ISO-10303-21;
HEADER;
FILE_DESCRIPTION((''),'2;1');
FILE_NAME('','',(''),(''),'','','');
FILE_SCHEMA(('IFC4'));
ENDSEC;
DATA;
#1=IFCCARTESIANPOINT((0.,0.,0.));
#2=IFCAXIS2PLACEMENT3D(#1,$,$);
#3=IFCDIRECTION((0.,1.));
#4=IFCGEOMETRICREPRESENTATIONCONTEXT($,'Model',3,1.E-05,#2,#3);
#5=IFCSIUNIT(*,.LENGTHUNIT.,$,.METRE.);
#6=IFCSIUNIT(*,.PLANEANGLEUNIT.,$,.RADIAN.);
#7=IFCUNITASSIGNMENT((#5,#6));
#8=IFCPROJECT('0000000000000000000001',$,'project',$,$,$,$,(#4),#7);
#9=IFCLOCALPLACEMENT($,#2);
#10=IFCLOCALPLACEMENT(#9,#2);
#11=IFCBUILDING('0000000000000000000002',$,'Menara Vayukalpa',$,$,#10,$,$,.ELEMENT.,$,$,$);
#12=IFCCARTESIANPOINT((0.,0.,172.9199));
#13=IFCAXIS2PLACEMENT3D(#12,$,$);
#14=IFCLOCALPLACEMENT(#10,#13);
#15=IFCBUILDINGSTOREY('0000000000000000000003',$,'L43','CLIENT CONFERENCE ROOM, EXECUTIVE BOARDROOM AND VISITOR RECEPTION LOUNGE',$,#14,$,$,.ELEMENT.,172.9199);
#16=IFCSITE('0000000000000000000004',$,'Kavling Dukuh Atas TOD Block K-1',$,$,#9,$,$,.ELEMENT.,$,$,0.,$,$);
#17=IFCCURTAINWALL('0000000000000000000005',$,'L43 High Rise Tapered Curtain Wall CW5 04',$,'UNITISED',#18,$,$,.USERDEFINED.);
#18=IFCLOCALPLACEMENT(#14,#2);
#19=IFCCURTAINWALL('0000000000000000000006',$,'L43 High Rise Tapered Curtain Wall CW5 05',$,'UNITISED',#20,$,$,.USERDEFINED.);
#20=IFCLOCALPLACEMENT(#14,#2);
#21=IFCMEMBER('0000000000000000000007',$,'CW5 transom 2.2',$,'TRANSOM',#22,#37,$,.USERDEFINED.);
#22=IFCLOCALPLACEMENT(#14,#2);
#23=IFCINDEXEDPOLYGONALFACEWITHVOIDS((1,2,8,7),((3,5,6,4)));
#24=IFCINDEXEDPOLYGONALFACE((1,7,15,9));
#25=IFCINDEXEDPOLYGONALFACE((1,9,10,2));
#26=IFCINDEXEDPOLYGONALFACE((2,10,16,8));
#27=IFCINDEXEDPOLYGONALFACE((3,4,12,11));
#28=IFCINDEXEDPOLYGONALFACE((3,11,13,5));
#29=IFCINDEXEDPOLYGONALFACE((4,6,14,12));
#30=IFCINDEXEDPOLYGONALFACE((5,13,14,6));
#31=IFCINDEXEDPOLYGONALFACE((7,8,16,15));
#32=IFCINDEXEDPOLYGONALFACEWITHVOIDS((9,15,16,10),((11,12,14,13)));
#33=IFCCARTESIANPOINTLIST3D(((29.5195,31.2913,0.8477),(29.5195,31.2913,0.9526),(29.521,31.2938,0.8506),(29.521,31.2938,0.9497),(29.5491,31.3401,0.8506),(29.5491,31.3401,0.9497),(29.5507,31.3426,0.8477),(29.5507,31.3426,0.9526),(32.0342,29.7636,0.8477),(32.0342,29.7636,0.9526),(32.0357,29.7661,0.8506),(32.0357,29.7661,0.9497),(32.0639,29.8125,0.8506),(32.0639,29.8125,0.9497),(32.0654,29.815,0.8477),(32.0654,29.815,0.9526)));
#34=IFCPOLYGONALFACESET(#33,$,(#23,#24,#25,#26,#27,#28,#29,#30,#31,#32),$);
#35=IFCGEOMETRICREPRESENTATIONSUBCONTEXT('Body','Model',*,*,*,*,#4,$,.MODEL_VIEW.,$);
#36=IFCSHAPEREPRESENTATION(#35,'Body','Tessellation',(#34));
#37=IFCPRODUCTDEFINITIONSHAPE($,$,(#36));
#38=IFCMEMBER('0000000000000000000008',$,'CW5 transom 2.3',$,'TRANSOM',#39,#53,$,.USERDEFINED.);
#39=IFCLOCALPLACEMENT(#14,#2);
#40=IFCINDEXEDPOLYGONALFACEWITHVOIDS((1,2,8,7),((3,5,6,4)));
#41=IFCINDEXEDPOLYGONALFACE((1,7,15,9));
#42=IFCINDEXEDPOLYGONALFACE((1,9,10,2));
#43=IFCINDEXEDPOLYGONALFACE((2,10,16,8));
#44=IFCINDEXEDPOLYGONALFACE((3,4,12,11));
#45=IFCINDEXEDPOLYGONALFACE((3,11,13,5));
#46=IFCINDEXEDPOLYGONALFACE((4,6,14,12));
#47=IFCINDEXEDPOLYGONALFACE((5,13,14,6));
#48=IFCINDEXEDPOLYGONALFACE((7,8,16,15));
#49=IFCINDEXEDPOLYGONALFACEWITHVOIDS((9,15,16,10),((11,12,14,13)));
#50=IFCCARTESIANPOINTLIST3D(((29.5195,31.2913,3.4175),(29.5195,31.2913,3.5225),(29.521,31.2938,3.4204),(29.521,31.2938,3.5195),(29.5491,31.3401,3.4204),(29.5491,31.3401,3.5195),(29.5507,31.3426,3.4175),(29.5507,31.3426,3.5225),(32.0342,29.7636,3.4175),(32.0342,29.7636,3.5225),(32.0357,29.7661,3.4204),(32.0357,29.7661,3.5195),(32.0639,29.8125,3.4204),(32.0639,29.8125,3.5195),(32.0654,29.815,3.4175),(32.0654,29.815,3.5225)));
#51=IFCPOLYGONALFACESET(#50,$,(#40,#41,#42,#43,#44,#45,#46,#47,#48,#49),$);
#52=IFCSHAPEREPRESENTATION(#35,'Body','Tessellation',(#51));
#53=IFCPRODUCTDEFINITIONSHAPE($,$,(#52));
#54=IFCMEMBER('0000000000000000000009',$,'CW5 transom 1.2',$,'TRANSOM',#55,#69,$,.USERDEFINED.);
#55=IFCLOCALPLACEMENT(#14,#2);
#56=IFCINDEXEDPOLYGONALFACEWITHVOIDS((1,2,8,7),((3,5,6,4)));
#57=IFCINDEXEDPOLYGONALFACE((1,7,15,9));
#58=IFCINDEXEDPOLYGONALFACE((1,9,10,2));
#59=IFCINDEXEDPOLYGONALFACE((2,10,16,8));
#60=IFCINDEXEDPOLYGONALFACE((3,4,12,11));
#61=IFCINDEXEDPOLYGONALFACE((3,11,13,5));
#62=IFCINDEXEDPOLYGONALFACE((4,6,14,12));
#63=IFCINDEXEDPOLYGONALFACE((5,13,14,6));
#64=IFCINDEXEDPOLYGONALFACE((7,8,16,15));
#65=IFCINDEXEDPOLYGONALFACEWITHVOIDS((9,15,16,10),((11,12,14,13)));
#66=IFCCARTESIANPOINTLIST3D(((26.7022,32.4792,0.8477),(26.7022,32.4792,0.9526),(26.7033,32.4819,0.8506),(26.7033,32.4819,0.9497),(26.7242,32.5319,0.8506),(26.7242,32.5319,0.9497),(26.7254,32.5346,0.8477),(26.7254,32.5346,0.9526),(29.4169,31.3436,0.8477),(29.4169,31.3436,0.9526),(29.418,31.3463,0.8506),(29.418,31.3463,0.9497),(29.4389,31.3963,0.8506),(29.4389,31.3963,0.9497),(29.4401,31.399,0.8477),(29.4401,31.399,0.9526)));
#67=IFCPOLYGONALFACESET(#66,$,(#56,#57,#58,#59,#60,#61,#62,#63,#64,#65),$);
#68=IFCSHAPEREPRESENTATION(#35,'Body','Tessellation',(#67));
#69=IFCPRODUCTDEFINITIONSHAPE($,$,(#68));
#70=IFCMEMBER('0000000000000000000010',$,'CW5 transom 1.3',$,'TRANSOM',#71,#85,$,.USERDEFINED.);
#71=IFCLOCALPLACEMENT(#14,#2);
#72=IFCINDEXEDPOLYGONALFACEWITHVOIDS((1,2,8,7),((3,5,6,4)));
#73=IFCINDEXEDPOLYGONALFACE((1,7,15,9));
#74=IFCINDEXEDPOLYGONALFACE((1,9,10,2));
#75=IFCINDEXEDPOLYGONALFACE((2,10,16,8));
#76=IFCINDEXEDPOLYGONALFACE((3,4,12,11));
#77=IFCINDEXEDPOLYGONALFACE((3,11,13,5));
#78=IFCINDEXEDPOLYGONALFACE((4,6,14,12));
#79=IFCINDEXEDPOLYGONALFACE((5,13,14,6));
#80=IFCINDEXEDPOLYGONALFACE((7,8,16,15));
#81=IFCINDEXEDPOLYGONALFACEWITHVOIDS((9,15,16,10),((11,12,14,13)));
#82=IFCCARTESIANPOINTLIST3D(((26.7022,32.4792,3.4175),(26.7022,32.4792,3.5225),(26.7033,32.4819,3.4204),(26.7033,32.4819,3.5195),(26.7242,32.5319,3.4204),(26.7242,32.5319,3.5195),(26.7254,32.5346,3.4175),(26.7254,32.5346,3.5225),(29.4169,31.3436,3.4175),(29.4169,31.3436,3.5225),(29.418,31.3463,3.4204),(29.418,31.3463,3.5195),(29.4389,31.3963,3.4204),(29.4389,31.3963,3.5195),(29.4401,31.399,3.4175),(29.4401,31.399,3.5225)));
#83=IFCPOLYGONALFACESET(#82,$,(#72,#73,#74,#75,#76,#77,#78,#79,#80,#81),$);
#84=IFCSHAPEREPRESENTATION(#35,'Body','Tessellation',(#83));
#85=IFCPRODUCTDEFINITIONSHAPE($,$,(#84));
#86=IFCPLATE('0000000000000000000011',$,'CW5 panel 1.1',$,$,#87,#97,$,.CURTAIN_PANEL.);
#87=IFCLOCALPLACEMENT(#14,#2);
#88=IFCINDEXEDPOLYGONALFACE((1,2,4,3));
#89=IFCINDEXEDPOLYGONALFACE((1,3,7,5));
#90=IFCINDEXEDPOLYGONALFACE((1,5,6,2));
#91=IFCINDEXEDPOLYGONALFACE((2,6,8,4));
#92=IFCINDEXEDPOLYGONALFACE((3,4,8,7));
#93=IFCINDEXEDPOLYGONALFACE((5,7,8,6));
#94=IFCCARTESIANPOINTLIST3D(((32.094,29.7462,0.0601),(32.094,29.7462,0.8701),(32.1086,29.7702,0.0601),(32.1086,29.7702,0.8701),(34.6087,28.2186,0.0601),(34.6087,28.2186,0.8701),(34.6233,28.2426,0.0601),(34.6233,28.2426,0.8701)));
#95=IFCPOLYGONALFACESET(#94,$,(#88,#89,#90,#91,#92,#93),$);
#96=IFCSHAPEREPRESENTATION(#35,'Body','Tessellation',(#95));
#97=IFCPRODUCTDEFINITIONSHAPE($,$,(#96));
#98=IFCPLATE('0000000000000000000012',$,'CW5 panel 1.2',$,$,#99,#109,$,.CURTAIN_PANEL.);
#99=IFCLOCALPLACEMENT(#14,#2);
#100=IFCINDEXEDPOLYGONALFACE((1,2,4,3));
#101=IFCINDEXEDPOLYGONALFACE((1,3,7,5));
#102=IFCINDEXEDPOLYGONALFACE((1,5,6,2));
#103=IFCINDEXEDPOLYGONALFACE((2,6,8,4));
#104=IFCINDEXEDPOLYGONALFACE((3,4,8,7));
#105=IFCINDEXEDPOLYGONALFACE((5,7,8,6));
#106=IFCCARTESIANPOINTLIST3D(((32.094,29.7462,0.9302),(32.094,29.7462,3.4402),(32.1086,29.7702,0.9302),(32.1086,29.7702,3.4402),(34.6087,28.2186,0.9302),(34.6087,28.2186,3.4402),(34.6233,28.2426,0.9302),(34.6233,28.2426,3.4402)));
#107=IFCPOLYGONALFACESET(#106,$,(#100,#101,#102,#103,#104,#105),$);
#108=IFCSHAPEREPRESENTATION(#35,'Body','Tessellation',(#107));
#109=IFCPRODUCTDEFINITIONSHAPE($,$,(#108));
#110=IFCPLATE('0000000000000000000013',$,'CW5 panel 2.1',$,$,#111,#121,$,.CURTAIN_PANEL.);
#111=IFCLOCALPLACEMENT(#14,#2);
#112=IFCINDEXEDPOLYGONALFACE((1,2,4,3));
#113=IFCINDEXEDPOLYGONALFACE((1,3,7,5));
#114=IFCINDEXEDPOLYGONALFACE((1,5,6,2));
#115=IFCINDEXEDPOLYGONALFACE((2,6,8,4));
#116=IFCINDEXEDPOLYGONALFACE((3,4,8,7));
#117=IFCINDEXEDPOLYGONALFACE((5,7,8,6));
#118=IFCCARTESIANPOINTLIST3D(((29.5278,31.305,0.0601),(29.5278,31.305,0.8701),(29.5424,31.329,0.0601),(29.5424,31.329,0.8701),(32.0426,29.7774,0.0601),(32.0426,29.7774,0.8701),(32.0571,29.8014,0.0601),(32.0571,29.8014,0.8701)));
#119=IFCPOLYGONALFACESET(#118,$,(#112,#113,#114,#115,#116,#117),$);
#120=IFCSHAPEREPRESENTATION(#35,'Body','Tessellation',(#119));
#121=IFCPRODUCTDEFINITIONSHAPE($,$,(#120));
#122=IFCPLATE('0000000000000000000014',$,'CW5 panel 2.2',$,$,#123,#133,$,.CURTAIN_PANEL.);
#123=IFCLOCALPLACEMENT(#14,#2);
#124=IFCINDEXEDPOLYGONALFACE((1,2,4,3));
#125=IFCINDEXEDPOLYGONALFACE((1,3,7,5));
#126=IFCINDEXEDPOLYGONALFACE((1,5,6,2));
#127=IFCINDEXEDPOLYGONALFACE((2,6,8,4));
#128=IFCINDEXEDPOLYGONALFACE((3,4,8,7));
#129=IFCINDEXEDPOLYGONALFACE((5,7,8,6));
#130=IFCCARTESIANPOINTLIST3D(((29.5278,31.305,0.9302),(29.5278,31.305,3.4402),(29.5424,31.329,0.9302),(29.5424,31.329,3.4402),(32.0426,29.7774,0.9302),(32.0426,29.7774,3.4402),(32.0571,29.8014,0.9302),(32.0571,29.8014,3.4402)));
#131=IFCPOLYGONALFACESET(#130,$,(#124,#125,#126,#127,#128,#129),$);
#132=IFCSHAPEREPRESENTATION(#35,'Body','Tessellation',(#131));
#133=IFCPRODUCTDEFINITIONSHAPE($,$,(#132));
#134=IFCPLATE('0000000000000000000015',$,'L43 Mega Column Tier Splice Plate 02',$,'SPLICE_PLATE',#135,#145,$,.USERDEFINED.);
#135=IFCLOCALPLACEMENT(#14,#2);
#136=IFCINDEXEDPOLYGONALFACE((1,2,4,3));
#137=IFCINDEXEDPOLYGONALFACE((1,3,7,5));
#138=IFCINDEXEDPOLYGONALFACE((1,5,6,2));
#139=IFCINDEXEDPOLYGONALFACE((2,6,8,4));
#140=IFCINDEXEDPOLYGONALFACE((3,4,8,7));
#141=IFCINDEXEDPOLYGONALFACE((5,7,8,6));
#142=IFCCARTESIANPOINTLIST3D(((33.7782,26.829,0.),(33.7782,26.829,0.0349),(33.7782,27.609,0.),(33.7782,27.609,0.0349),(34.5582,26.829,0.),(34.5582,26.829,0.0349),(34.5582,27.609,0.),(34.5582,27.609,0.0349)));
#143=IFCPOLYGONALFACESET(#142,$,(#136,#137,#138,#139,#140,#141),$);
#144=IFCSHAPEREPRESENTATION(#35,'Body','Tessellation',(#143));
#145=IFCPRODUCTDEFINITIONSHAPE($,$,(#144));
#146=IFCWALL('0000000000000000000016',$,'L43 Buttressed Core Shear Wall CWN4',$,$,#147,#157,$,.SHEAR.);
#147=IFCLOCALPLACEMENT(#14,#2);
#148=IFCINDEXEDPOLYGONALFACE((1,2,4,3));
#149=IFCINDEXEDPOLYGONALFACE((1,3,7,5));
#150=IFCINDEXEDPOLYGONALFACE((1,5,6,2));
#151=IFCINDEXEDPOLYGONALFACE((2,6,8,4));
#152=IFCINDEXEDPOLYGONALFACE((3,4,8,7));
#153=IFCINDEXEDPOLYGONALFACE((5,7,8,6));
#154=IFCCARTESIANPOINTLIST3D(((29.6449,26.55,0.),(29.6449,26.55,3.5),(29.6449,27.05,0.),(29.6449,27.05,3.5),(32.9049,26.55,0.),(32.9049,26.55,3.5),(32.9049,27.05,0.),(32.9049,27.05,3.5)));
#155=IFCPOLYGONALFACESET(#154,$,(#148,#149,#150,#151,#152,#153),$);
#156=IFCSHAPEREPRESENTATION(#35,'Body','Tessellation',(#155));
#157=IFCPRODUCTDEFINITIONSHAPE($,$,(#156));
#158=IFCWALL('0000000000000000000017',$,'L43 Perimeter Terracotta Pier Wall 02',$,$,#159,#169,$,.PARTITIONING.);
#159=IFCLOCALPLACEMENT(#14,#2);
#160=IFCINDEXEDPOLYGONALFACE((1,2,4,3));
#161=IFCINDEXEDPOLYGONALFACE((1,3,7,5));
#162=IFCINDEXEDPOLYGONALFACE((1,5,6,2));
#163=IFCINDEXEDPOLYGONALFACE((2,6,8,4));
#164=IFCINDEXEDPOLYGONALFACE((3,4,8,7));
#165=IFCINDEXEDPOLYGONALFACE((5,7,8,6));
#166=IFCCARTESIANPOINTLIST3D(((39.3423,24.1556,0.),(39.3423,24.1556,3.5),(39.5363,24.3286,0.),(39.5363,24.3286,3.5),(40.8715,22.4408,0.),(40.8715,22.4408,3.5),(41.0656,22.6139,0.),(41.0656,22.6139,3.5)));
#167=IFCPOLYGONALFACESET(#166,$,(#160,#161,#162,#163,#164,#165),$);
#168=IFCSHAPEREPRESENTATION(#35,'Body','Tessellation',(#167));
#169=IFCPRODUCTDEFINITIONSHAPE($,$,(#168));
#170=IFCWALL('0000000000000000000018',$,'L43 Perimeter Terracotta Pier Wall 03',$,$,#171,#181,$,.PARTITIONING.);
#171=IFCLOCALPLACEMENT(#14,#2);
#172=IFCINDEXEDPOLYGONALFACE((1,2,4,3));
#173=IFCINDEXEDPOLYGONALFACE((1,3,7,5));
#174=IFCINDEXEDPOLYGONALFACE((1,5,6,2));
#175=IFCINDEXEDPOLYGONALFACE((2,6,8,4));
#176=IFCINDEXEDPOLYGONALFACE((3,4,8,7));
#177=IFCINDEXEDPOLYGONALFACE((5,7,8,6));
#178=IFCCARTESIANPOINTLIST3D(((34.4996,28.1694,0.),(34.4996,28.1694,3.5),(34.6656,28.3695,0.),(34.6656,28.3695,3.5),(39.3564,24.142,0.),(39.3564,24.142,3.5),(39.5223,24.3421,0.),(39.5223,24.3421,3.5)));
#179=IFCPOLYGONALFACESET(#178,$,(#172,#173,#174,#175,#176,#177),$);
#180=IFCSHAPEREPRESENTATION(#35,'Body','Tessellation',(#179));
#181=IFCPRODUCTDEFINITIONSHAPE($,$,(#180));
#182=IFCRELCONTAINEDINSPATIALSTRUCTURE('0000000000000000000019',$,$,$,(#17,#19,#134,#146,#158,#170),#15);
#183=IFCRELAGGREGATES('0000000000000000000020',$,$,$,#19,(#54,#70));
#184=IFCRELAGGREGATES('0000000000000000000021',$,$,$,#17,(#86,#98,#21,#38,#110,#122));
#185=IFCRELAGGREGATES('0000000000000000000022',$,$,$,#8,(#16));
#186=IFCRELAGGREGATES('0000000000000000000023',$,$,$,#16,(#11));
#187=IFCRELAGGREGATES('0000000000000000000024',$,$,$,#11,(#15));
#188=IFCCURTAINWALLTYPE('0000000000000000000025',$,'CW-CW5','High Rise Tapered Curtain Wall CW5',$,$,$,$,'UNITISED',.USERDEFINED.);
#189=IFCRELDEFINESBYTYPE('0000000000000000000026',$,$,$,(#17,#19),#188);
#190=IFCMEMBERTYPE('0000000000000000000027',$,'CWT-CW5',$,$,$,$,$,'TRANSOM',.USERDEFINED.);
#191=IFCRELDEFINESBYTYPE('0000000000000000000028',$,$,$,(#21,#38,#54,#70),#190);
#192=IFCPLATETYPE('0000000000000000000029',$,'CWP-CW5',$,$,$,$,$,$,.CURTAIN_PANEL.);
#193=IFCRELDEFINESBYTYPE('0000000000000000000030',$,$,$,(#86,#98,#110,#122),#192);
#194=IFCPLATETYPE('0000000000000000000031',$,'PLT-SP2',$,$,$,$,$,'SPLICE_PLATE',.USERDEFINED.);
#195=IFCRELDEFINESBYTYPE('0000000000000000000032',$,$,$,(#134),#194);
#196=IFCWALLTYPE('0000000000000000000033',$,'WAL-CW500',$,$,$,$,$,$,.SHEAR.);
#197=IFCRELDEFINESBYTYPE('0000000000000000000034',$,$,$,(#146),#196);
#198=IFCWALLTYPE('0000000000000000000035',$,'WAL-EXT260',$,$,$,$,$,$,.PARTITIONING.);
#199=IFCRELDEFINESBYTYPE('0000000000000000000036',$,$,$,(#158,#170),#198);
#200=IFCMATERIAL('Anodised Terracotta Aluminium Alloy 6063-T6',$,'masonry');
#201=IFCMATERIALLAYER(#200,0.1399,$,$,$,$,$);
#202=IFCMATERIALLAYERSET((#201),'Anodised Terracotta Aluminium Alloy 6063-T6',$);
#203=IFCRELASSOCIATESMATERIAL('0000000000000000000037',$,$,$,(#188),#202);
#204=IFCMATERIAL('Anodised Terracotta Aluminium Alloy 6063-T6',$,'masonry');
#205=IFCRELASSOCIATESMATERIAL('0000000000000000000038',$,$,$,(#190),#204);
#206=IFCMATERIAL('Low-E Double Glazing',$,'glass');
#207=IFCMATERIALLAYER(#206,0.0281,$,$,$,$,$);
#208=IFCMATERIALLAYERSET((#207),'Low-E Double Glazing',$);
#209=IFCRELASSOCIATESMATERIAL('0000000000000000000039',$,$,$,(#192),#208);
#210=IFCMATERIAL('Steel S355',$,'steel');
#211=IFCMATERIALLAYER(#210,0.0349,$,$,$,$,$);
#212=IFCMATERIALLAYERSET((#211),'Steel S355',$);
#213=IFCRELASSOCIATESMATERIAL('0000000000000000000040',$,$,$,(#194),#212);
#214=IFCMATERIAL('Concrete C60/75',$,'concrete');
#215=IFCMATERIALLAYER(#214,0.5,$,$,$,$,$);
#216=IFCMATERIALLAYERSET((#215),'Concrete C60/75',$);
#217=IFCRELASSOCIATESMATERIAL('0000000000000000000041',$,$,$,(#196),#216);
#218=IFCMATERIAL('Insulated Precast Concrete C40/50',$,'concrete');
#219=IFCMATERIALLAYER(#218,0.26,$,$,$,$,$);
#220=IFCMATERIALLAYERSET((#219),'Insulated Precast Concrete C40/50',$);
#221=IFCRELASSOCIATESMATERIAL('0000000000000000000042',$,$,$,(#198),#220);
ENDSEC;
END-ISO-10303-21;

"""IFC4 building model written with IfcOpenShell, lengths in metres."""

from ifc_helpers import new_model, si_unit, direction, frame, frame_2d, origin, origin_2d, place, context, subcontext, project, spatial, rectangle, hollow_rectangle, extrude, material, layer, layer_set, material_profile, profile_set, type_object, element, aggregate, save


model = new_model("IFC4")

# Units and contexts
model_context = context("Model", 3, precision=1e-05, world=origin(), true_north=direction((0.0, 1.0)))
body_context = subcontext(model_context, "Body", "Model", "MODEL_VIEW")
ifc_project = project(units=[si_unit("LENGTHUNIT", "METRE"), si_unit("PLANEANGLEUNIT", "RADIAN")], contexts=[model_context])

# Site, building, storey
site_placement = place(None, origin())
site = spatial("IfcSite", under=ifc_project, at=site_placement, Name="Kavling Dukuh Atas TOD Block K-1", CompositionType="ELEMENT", RefElevation=0.0)
building_placement = place(site_placement, origin())
building = spatial("IfcBuilding", under=site, at=building_placement, Name="Menara Vayukalpa", CompositionType="ELEMENT")
storey_placement = place(building_placement, frame((0.0, 0.0, 172.9199)))
storey = spatial("IfcBuildingStorey", under=building, at=storey_placement, Name="L43", Description="CLIENT CONFERENCE ROOM, EXECUTIVE BOARDROOM AND VISITOR RECEPTION LOUNGE", CompositionType="ELEMENT", Elevation=172.9199)

# Curtain wall
ifc_material_1 = material(Name="Anodised Terracotta Aluminium Alloy 6063-T6", Category="masonry")
ifc_layer_1 = layer(ifc_material_1, 0.1399)
ifc_layer_set_1 = layer_set([ifc_layer_1], Name="Anodised Terracotta Aluminium Alloy 6063-T6")
curtain_wall_type = type_object("IfcCurtainWallType", Name="CW-CW5", Description="High Rise Tapered Curtain Wall CW5", ElementType="UNITISED", PredefinedType="USERDEFINED", material=ifc_layer_set_1)
curtain_wall_1_placement = place(storey_placement, origin())
curtain_wall_1 = element("IfcCurtainWall", 1, at=curtain_wall_1_placement, inside=storey, type_object=curtain_wall_type, Name="L43 High Rise Tapered Curtain Wall CW5 04", ObjectType="UNITISED", PredefinedType="USERDEFINED")

# Curtain wall
curtain_wall_2_placement = place(storey_placement, origin())
curtain_wall_2 = element("IfcCurtainWall", 2, at=curtain_wall_2_placement, inside=storey, type_object=curtain_wall_type, Name="L43 High Rise Tapered Curtain Wall CW5 05", ObjectType="UNITISED", PredefinedType="USERDEFINED")

# Members
ifc_material_2 = material(Name="Anodised Terracotta Aluminium Alloy 6063-T6", Category="masonry")
ifc_material_profile_1 = material_profile(ifc_material_2, hollow_rectangle(XDim=0.0601, YDim=0.105, WallThickness=0.0029, at=origin_2d()), Name="ALU 60x105x3")
ifc_profile_set_1 = profile_set([ifc_material_profile_1], Name="Anodised Terracotta Aluminium Alloy 6063-T6")
member_type_1 = type_object("IfcMemberType", Name="CWT-CW5", ElementType="TRANSOM", PredefinedType="USERDEFINED", material=ifc_profile_set_1)
member_1_placement = place(storey_placement, frame((32.0498, 29.7893, 0.9001), z_axis=(-0.854661, 0.519186, 0.0), x_axis=(-0.519186, -0.854661, 0.0)))
member_1 = element("IfcMember", 3, at=member_1_placement, type_object=member_type_1, Name="CW5 transom 2.2", ObjectType="TRANSOM", PredefinedType="USERDEFINED", context=body_context, shape_type="SweptSolid", body=[
    extrude(hollow_rectangle(XDim=0.0601, YDim=0.105, WallThickness=0.0029, at=origin_2d()), origin(), (0.0, 0.0, 1.0), 2.9424),
])
member_2_placement = place(storey_placement, frame((32.0498, 29.7893, 3.47), z_axis=(-0.854661, 0.519186, 0.0), x_axis=(-0.519186, -0.854661, 0.0)))
member_2 = element("IfcMember", 4, at=member_2_placement, type_object=member_type_1, Name="CW5 transom 2.3", ObjectType="TRANSOM", PredefinedType="USERDEFINED", context=body_context, shape_type="SweptSolid", body=[
    extrude(hollow_rectangle(XDim=0.0601, YDim=0.105, WallThickness=0.0029, at=origin_2d()), origin(), (0.0, 0.0, 1.0), 2.9424),
])
member_3_placement = place(storey_placement, frame((29.4285, 31.3713, 0.9001), z_axis=(-0.922543, 0.385893, 0.0), x_axis=(-0.385893, -0.922543, 0.0)))
member_3 = element("IfcMember", 5, at=member_3_placement, type_object=member_type_1, Name="CW5 transom 1.2", ObjectType="TRANSOM", PredefinedType="USERDEFINED", context=body_context, shape_type="SweptSolid", body=[
    extrude(hollow_rectangle(XDim=0.0601, YDim=0.105, WallThickness=0.0029, at=origin_2d()), origin(), (0.0, 0.0, 1.0), 2.9426),
])
member_4_placement = place(storey_placement, frame((29.4285, 31.3713, 3.47), z_axis=(-0.922543, 0.385893, 0.0), x_axis=(-0.385893, -0.922543, 0.0)))
member_4 = element("IfcMember", 6, at=member_4_placement, type_object=member_type_1, Name="CW5 transom 1.3", ObjectType="TRANSOM", PredefinedType="USERDEFINED", context=body_context, shape_type="SweptSolid", body=[
    extrude(hollow_rectangle(XDim=0.0601, YDim=0.105, WallThickness=0.0029, at=origin_2d()), origin(), (0.0, 0.0, 1.0), 2.9426),
])
aggregate(curtain_wall_2, [member_3, member_4])

# Plates
ifc_material_3 = material(Name="Low-E Double Glazing", Category="glass")
ifc_layer_2 = layer(ifc_material_3, 0.0281)
ifc_layer_set_2 = layer_set([ifc_layer_2], Name="Low-E Double Glazing")
plate_type_1 = type_object("IfcPlateType", Name="CWP-CW5", PredefinedType="CURTAIN_PANEL", material=ifc_layer_set_2)
plate_1_placement = place(storey_placement, frame((33.3586, 28.9944, 0.0601), z_axis=(0.0, 0.0, 1.0), x_axis=(-0.854665, 0.51918, 0.0)))
plate_1 = element("IfcPlate", 7, at=plate_1_placement, type_object=plate_type_1, Name="CW5 panel 1.1", PredefinedType="CURTAIN_PANEL", context=body_context, shape_type="SweptSolid", body=[
    extrude(rectangle(XDim=2.9424, YDim=0.0281, at=origin_2d()), origin(), (0.0, 0.0, 1.0), 0.8101),
])
plate_2_placement = place(storey_placement, frame((33.3586, 28.9944, 0.9302), z_axis=(0.0, 0.0, 1.0), x_axis=(-0.854665, 0.51918, 0.0)))
plate_2 = element("IfcPlate", 8, at=plate_2_placement, type_object=plate_type_1, Name="CW5 panel 1.2", PredefinedType="CURTAIN_PANEL", context=body_context, shape_type="SweptSolid", body=[
    extrude(rectangle(XDim=2.9424, YDim=0.0281, at=origin_2d()), origin(), (0.0, 0.0, 1.0), 2.51),
])
plate_3_placement = place(storey_placement, frame((30.7925, 30.5532, 0.0601), z_axis=(0.0, 0.0, 1.0), x_axis=(-0.854665, 0.51918, 0.0)))
plate_3 = element("IfcPlate", 9, at=plate_3_placement, type_object=plate_type_1, Name="CW5 panel 2.1", PredefinedType="CURTAIN_PANEL", context=body_context, shape_type="SweptSolid", body=[
    extrude(rectangle(XDim=2.9424, YDim=0.0281, at=origin_2d()), origin(), (0.0, 0.0, 1.0), 0.8101),
])
plate_4_placement = place(storey_placement, frame((30.7925, 30.5532, 0.9302), z_axis=(0.0, 0.0, 1.0), x_axis=(-0.854665, 0.51918, 0.0)))
plate_4 = element("IfcPlate", 10, at=plate_4_placement, type_object=plate_type_1, Name="CW5 panel 2.2", PredefinedType="CURTAIN_PANEL", context=body_context, shape_type="SweptSolid", body=[
    extrude(rectangle(XDim=2.9424, YDim=0.0281, at=origin_2d()), origin(), (0.0, 0.0, 1.0), 2.51),
])
aggregate(curtain_wall_1, [plate_1, plate_2, member_1, member_2, plate_3, plate_4])
ifc_material_4 = material(Name="Steel S355", Category="steel")
ifc_layer_3 = layer(ifc_material_4, 0.0349)
ifc_layer_set_3 = layer_set([ifc_layer_3], Name="Steel S355")
plate_type_2 = type_object("IfcPlateType", Name="PLT-SP2", ElementType="SPLICE_PLATE", PredefinedType="USERDEFINED", material=ifc_layer_set_3)
plate_5_placement = place(storey_placement, frame((34.1682, 27.219, 0.0), z_axis=(0.0, 0.0, 1.0), x_axis=(1.0, 0.0, 0.0)))
element("IfcPlate", 11, at=plate_5_placement, inside=storey, type_object=plate_type_2, Name="L43 Mega Column Tier Splice Plate 02", ObjectType="SPLICE_PLATE", PredefinedType="USERDEFINED", context=body_context, shape_type="SweptSolid", body=[
    extrude(rectangle(XDim=0.78, YDim=0.78, at=origin_2d()), origin(), (0.0, 0.0, 1.0), 0.0349),
])

# Walls
ifc_material_5 = material(Name="Concrete C60/75", Category="concrete")
ifc_layer_4 = layer(ifc_material_5, 0.5)
ifc_layer_set_4 = layer_set([ifc_layer_4], Name="Concrete C60/75")
wall_type_1 = type_object("IfcWallType", Name="WAL-CW500", PredefinedType="SHEAR", material=ifc_layer_set_4)
wall_1_placement = place(storey_placement, frame((29.645, 26.8, 0.0), z_axis=(0.0, 0.0, 1.0), x_axis=(1.0, 0.0, 0.0)))
element("IfcWall", 12, at=wall_1_placement, inside=storey, type_object=wall_type_1, Name="L43 Buttressed Core Shear Wall CWN4", PredefinedType="SHEAR", context=body_context, shape_type="SweptSolid", body=[
    extrude(rectangle(XDim=3.26, YDim=0.5, at=frame_2d((1.6299, 0.0))), origin(), (0.0, 0.0, 1.0), 3.5),
])
ifc_material_6 = material(Name="Insulated Precast Concrete C40/50", Category="concrete")
ifc_layer_5 = layer(ifc_material_6, 0.26)
ifc_layer_set_5 = layer_set([ifc_layer_5], Name="Insulated Precast Concrete C40/50")
wall_type_2 = type_object("IfcWallType", Name="WAL-EXT260", PredefinedType="PARTITIONING", material=ifc_layer_set_5)
wall_2_placement = place(storey_placement, frame((39.4392, 24.2422, 0.0), z_axis=(0.0, 0.0, 1.0), x_axis=(0.665576, -0.74633, 0.0)))
element("IfcWall", 13, at=wall_2_placement, inside=storey, type_object=wall_type_2, Name="L43 Perimeter Terracotta Pier Wall 02", PredefinedType="PARTITIONING", context=body_context, shape_type="SweptSolid", body=[
    extrude(rectangle(XDim=2.2976, YDim=0.26, at=frame_2d((1.1489, 0.0))), origin(), (0.0, 0.0, 1.0), 3.5),
])
wall_3_placement = place(storey_placement, frame((34.5825, 28.2695, 0.0), z_axis=(0.0, 0.0, 1.0), x_axis=(0.76977, -0.638321, 0.0)))
element("IfcWall", 14, at=wall_3_placement, inside=storey, type_object=wall_type_2, Name="L43 Perimeter Terracotta Pier Wall 03", PredefinedType="PARTITIONING", context=body_context, shape_type="SweptSolid", body=[
    extrude(rectangle(XDim=6.3093, YDim=0.26, at=frame_2d((3.1548, 0.0))), origin(), (0.0, 0.0, 1.0), 3.5),
])

save(model, "model.ifc")
